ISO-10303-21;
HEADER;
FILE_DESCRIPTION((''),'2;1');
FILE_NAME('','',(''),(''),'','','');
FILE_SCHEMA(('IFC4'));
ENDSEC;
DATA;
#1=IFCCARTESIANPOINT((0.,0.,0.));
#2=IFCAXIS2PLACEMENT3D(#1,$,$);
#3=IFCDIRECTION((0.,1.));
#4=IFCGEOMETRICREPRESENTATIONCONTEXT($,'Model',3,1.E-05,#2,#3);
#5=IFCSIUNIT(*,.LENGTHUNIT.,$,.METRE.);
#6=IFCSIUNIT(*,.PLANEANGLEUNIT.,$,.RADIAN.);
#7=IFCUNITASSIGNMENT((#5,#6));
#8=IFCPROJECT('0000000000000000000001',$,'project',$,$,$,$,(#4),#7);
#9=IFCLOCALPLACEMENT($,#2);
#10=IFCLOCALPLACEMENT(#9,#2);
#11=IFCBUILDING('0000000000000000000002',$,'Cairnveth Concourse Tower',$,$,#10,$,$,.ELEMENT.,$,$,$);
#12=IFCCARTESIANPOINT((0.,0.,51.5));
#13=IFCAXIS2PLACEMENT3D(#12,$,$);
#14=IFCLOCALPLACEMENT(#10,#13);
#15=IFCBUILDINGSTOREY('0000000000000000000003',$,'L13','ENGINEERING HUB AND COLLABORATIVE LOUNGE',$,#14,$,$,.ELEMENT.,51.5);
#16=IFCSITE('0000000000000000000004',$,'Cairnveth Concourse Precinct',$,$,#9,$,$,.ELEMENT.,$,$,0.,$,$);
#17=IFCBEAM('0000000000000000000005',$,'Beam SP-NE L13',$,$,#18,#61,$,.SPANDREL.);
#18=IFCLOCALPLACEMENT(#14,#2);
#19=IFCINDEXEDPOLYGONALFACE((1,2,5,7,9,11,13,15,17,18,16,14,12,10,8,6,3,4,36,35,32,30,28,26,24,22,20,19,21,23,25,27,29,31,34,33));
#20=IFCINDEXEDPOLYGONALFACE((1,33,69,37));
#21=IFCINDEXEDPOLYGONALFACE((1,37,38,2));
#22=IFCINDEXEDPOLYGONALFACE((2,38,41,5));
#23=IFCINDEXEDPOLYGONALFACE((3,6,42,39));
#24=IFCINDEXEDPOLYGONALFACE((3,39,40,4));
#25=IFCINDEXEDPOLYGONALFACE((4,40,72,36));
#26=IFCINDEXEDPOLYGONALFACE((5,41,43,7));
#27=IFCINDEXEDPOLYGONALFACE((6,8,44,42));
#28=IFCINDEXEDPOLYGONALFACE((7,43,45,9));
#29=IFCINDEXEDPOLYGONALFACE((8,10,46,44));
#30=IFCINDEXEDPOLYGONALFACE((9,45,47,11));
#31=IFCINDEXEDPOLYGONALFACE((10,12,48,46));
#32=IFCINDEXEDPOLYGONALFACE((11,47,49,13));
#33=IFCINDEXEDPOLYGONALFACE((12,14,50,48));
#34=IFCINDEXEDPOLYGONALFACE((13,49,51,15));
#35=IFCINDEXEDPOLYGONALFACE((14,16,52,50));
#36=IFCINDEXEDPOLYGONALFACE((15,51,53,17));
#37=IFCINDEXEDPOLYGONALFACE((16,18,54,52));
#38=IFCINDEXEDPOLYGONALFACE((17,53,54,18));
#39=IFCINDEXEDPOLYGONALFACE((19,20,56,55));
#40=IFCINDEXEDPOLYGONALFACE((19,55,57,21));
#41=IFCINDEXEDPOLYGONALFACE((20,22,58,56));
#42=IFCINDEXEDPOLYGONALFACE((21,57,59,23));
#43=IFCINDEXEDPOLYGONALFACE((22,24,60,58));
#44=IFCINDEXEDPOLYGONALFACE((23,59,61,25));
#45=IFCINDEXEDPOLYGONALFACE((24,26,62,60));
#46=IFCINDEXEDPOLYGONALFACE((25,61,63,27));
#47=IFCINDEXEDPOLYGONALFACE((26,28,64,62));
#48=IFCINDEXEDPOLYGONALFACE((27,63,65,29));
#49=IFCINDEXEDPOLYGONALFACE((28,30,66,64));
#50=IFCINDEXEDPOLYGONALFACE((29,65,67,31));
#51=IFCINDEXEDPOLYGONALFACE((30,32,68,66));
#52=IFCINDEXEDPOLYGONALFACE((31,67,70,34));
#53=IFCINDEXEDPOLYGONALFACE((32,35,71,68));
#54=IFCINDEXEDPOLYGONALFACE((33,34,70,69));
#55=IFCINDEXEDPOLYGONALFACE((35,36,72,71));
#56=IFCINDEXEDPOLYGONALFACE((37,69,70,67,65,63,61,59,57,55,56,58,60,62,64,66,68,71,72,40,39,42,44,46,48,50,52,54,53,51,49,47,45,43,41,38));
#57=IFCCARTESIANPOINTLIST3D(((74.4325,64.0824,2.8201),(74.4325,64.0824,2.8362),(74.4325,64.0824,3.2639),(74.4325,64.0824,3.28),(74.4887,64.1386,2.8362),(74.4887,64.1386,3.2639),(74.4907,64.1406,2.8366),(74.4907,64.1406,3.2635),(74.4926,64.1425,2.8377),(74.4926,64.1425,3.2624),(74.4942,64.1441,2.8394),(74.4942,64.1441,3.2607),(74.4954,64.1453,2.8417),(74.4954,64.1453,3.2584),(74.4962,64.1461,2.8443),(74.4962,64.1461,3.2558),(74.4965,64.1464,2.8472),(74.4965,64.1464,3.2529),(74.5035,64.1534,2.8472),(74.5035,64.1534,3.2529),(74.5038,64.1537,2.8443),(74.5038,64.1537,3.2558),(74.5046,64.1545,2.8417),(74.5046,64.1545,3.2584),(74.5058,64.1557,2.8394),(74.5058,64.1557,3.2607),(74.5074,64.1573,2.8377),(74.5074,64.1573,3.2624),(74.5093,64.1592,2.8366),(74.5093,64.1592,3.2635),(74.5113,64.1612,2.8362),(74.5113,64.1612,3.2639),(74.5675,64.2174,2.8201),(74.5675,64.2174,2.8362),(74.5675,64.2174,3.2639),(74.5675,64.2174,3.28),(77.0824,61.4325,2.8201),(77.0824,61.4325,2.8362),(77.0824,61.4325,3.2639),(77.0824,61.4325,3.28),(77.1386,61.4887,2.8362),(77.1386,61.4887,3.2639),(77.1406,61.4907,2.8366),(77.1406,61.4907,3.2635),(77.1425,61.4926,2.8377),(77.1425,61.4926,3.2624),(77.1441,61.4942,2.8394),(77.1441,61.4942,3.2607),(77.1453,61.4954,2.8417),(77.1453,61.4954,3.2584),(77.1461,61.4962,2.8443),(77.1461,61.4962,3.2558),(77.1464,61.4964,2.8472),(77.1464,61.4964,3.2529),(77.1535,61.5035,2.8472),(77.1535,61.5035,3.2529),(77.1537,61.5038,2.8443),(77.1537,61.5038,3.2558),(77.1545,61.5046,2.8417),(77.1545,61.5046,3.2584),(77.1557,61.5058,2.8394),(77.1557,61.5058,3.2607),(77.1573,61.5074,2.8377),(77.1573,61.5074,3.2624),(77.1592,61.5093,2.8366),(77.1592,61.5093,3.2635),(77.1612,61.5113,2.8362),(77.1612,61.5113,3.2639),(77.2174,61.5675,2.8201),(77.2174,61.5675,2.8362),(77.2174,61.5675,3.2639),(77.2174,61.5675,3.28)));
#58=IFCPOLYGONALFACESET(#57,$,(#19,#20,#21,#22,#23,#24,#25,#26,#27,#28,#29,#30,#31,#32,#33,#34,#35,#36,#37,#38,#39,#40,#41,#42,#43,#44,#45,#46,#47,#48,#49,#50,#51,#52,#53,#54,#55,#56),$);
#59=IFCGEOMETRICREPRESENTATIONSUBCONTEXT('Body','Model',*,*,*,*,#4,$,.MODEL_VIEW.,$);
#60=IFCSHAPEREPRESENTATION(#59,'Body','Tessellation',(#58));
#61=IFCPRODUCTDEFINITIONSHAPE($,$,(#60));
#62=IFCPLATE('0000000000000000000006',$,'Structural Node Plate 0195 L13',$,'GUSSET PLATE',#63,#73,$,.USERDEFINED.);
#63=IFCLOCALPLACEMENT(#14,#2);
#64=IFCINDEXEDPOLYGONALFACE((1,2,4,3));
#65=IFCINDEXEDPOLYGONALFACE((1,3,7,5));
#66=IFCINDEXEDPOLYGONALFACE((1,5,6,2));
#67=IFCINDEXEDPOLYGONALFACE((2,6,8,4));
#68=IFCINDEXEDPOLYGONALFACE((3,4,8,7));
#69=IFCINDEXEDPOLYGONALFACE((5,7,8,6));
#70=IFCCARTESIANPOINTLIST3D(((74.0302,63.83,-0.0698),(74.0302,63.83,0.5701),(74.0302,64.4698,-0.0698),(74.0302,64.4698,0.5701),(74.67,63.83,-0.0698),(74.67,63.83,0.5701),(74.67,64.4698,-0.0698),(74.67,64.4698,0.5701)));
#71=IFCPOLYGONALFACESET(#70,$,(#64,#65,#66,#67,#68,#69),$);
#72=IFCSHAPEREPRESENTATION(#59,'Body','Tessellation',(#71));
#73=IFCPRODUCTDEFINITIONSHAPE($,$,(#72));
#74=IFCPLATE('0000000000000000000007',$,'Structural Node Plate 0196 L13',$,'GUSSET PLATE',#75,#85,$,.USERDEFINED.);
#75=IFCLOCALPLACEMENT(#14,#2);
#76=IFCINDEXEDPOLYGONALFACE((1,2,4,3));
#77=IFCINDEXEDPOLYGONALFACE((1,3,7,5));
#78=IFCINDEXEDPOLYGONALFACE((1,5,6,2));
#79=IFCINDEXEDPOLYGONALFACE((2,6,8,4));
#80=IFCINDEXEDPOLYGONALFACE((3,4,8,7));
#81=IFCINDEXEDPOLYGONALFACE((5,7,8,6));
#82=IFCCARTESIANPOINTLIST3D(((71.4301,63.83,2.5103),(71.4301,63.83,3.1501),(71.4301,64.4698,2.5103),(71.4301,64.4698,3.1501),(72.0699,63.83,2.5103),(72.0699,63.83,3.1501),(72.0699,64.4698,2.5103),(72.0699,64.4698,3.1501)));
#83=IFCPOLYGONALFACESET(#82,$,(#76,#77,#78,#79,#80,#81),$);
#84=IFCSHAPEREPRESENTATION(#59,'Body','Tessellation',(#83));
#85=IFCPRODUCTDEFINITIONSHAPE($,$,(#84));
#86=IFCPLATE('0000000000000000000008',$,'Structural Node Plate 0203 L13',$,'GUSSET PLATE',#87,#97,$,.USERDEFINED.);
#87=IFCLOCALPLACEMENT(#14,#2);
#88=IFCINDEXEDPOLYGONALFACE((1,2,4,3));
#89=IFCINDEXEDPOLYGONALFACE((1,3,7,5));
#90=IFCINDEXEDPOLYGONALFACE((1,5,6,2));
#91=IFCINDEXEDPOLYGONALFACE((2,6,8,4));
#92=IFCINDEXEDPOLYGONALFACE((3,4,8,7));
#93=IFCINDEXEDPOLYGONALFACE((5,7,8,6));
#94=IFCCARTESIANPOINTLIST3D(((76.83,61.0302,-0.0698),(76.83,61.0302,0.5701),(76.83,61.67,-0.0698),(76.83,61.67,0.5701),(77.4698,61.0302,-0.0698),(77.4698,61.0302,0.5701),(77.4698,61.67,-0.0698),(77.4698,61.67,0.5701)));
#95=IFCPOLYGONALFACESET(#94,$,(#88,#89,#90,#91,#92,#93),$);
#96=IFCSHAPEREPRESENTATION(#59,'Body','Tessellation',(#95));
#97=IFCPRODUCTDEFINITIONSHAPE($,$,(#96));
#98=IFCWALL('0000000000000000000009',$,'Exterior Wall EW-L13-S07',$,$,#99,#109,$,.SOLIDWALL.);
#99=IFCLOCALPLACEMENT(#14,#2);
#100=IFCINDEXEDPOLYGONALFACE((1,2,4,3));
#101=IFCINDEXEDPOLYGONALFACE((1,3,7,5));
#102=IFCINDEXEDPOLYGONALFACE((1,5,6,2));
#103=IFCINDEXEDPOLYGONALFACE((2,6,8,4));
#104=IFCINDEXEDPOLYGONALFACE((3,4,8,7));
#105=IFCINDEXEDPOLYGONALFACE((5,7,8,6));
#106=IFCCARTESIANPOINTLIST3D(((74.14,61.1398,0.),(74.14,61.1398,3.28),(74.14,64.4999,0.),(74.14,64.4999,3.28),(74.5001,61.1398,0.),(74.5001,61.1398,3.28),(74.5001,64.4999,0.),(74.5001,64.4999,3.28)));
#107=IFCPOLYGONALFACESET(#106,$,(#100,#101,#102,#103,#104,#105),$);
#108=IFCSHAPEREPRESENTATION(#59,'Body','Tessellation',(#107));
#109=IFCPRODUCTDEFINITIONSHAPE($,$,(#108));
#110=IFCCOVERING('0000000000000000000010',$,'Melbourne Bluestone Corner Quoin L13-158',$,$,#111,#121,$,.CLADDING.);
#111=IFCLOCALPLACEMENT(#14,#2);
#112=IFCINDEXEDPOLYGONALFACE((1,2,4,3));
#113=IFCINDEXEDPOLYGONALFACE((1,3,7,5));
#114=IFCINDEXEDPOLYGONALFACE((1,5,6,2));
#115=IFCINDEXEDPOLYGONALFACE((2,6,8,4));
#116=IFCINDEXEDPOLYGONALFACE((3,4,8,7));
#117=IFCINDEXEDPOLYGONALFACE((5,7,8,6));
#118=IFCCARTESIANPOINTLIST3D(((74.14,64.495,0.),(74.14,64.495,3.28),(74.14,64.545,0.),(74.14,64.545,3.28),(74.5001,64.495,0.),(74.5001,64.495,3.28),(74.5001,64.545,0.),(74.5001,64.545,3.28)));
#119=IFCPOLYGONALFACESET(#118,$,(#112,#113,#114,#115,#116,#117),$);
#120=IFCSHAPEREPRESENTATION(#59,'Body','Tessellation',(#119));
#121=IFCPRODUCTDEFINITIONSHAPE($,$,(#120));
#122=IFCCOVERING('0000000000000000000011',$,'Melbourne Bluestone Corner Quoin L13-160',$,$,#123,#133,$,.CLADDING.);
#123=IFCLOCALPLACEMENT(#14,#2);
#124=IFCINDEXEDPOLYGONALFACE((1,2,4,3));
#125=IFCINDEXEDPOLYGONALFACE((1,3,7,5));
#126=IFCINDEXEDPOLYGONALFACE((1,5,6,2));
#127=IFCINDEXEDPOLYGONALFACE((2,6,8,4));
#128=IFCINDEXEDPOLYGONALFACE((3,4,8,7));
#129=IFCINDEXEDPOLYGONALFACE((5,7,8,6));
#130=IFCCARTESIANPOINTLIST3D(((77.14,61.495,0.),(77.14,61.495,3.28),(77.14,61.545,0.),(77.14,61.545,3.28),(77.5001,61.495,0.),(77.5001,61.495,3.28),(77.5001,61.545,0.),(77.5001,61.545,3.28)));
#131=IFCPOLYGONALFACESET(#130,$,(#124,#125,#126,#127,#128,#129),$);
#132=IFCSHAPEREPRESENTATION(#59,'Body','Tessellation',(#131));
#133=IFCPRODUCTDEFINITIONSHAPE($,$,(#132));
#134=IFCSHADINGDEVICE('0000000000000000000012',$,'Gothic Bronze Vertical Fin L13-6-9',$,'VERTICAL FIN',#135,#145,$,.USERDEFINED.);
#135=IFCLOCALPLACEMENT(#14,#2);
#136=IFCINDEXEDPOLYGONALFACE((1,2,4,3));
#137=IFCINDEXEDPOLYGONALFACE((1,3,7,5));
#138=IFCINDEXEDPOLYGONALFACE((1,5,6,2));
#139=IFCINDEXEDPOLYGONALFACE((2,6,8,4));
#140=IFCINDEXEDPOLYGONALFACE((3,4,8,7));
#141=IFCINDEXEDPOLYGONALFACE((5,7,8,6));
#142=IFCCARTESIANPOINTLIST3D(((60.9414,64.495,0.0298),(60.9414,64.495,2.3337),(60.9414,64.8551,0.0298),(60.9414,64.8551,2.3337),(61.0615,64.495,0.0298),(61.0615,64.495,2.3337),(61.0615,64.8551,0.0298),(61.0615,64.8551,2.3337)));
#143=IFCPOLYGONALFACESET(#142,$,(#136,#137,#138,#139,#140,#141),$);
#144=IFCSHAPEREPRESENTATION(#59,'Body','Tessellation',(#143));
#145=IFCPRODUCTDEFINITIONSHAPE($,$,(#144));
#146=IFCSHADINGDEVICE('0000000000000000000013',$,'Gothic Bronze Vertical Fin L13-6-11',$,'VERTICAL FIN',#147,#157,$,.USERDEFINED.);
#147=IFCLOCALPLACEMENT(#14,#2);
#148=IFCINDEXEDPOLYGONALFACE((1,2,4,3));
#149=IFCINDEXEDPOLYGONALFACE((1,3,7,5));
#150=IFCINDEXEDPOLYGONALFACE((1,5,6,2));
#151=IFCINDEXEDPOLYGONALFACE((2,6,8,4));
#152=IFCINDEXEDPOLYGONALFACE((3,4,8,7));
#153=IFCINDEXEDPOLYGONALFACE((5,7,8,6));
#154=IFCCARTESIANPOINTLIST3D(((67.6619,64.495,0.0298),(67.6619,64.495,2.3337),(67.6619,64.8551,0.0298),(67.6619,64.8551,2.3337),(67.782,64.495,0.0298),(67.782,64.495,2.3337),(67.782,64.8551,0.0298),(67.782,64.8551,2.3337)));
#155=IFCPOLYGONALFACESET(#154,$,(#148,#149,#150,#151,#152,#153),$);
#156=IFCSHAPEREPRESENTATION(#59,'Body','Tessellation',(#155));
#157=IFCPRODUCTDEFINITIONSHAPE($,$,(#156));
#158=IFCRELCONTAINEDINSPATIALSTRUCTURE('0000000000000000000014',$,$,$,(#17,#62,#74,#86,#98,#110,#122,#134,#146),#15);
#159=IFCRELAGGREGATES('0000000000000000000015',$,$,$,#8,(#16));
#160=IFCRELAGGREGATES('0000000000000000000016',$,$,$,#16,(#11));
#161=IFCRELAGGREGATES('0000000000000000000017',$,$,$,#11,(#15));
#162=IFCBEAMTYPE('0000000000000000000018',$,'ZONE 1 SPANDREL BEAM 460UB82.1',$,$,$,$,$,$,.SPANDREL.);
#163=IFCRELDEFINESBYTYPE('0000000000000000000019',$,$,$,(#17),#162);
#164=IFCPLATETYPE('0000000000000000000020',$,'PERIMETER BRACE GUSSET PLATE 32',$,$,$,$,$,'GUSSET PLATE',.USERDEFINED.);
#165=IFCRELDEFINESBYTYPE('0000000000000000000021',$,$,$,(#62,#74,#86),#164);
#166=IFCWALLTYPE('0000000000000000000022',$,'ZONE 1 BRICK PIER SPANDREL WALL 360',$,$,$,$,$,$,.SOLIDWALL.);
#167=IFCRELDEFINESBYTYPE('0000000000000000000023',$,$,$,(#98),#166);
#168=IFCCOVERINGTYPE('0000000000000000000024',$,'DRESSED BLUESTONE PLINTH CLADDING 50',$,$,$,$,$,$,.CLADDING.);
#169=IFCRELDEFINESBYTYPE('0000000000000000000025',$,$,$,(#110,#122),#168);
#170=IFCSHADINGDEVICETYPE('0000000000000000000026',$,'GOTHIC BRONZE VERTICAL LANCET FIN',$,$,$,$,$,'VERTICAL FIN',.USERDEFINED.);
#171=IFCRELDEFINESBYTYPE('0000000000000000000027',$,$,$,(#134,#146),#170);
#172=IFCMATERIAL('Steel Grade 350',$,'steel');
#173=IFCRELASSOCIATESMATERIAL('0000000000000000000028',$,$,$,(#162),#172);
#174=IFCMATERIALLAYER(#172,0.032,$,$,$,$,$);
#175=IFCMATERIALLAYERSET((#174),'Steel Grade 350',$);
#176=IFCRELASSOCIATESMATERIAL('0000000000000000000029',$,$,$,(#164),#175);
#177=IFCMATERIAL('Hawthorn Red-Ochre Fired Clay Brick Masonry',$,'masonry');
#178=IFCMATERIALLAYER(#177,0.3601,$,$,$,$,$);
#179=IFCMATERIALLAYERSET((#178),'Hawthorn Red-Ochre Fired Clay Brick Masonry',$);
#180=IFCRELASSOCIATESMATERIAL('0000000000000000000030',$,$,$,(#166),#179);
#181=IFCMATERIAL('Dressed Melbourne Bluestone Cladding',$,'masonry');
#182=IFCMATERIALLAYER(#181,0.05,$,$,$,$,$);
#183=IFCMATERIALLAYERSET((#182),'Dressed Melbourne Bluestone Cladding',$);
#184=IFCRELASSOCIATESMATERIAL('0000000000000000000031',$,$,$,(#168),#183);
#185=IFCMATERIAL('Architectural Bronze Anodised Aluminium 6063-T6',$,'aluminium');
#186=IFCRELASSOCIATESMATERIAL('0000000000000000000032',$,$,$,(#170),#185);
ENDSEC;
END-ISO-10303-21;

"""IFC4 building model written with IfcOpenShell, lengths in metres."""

from ifc_helpers import new_model, si_unit, direction, frame, frame_2d, origin, origin_2d, place, context, subcontext, project, spatial, rectangle, i_section, extrude, material, layer, layer_set, material_profile, profile_set, type_object, element, save


model = new_model("IFC4")

# Units and contexts
model_context = context("Model", 3, precision=1e-05, world=origin(), true_north=direction((0.0, 1.0)))
body_context = subcontext(model_context, "Body", "Model", "MODEL_VIEW")
ifc_project = project(units=[si_unit("LENGTHUNIT", "METRE"), si_unit("PLANEANGLEUNIT", "RADIAN")], contexts=[model_context])

# Site, building, storey
site_placement = place(None, origin())
site = spatial("IfcSite", under=ifc_project, at=site_placement, Name="Cairnveth Concourse Precinct", CompositionType="ELEMENT", RefElevation=0.0)
building_placement = place(site_placement, origin())
building = spatial("IfcBuilding", under=site, at=building_placement, Name="Cairnveth Concourse Tower", CompositionType="ELEMENT")
storey_placement = place(building_placement, frame((0.0, 0.0, 51.5)))
storey = spatial("IfcBuildingStorey", under=building, at=storey_placement, Name="L13", Description="ENGINEERING HUB AND COLLABORATIVE LOUNGE", CompositionType="ELEMENT", Elevation=51.5)

# Shared definitions
ifc_material_1 = material(Name="Steel Grade 350", Category="steel")

# Beam
ifc_material_profile_1 = material_profile(ifc_material_1, i_section(OverallWidth=0.1909, OverallDepth=0.46, WebThickness=0.01, FlangeThickness=0.0161, FilletRadius=0.011, at=origin_2d()), Name="460UB82.1")
ifc_profile_set_1 = profile_set([ifc_material_profile_1], Name="Steel Grade 350")
beam_type_1 = type_object("IfcBeamType", Name="ZONE 1 SPANDREL BEAM 460UB82.1", PredefinedType="SPANDREL", material=ifc_profile_set_1)
beam_1_placement = place(storey_placement, frame((74.5, 64.1499, 3.05), z_axis=(0.707107, -0.707107, 0.0), x_axis=(0.707107, 0.707107, 0.0)))
element("IfcBeam", 1, at=beam_1_placement, inside=storey, type_object=beam_type_1, Name="Beam SP-NE L13", PredefinedType="SPANDREL", context=body_context, shape_type="SweptSolid", body=[
    extrude(i_section(OverallWidth=0.1909, OverallDepth=0.46, WebThickness=0.01, FlangeThickness=0.0161, FilletRadius=0.011, at=origin_2d()), origin(), (0.0, 0.0, 1.0), 3.7476),
])

# Plates
ifc_layer_1 = layer(ifc_material_1, 0.032)
ifc_layer_set_1 = layer_set([ifc_layer_1], Name="Steel Grade 350")
plate_type = type_object("IfcPlateType", Name="PERIMETER BRACE GUSSET PLATE 32", ElementType="GUSSET PLATE", PredefinedType="USERDEFINED", material=ifc_layer_set_1)
for number, where, z_axis, x_axis, name in (
    (2, (74.3501, 64.1499, -0.0698), (0.0, 0.0, 1.0), (1.0, 0.0, 0.0), "Structural Node Plate 0195 L13"),
    (3, (71.75, 64.1499, 2.5103), (0.0, 0.0, 1.0), (1.0, 0.0, 0.0), "Structural Node Plate 0196 L13"),
    (4, (77.1499, 61.3501, -0.0698), (0.0, 0.0, 1.0), (1.0, 0.0, 0.0), "Structural Node Plate 0203 L13"),
):
    element("IfcPlate", number, at=place(storey_placement, frame(where, z_axis=z_axis, x_axis=x_axis)), inside=storey, type_object=plate_type, Name=name, ObjectType="GUSSET PLATE", PredefinedType="USERDEFINED", context=body_context, shape_type="SweptSolid", body=[
        extrude(rectangle(XDim=0.6399, YDim=0.6399, at=origin_2d()), origin(), (0.0, 0.0, 1.0), 0.6399),
    ])

# Wall
ifc_material_2 = material(Name="Hawthorn Red-Ochre Fired Clay Brick Masonry", Category="masonry")
ifc_layer_2 = layer(ifc_material_2, 0.3601)
ifc_layer_set_2 = layer_set([ifc_layer_2], Name="Hawthorn Red-Ochre Fired Clay Brick Masonry")
wall_type = type_object("IfcWallType", Name="ZONE 1 BRICK PIER SPANDREL WALL 360", PredefinedType="SOLIDWALL", material=ifc_layer_set_2)
wall_1_placement = place(storey_placement, frame((74.3201, 64.5, 0.0), z_axis=(0.0, 0.0, 1.0), x_axis=(0.0, -1.0, 0.0)))
element("IfcWall", 5, at=wall_1_placement, inside=storey, type_object=wall_type, Name="Exterior Wall EW-L13-S07", PredefinedType="SOLIDWALL", context=body_context, shape_type="SweptSolid", body=[
    extrude(rectangle(XDim=3.3601, YDim=0.3601, at=frame_2d((1.6802, 0.0))), origin(), (0.0, 0.0, 1.0), 3.28),
])

# Coverings
ifc_material_3 = material(Name="Dressed Melbourne Bluestone Cladding", Category="masonry")
ifc_layer_3 = layer(ifc_material_3, 0.05)
ifc_layer_set_3 = layer_set([ifc_layer_3], Name="Dressed Melbourne Bluestone Cladding")
covering_type = type_object("IfcCoveringType", Name="DRESSED BLUESTONE PLINTH CLADDING 50", PredefinedType="CLADDING", material=ifc_layer_set_3)
for number, where, z_axis, x_axis, name in (
    (6, (74.1399, 64.52, 0.0), (0.0, 0.0, 1.0), (1.0, 0.0, 0.0), "Melbourne Bluestone Corner Quoin L13-158"),
    (7, (77.1399, 61.52, 0.0), (0.0, 0.0, 1.0), (1.0, 0.0, 0.0), "Melbourne Bluestone Corner Quoin L13-160"),
):
    element("IfcCovering", number, at=place(storey_placement, frame(where, z_axis=z_axis, x_axis=x_axis)), inside=storey, type_object=covering_type, Name=name, PredefinedType="CLADDING", context=body_context, shape_type="SweptSolid", body=[
        extrude(rectangle(XDim=0.3601, YDim=0.05, at=frame_2d((0.1802, 0.0))), origin(), (0.0, 0.0, 1.0), 3.28),
    ])

# Shading devices
ifc_material_4 = material(Name="Architectural Bronze Anodised Aluminium 6063-T6", Category="aluminium")
shading_device_type = type_object("IfcShadingDeviceType", Name="GOTHIC BRONZE VERTICAL LANCET FIN", ElementType="VERTICAL FIN", PredefinedType="USERDEFINED", material=ifc_material_4)
for number, where, z_axis, x_axis, name in (
    (8, (61.0015, 64.675, 0.0298), (0.0, 0.0, 1.0), (1.0, 0.0, 0.0), "Gothic Bronze Vertical Fin L13-6-9"),
    (9, (67.7219, 64.675, 0.0298), (0.0, 0.0, 1.0), (1.0, 0.0, 0.0), "Gothic Bronze Vertical Fin L13-6-11"),
):
    element("IfcShadingDevice", number, at=place(storey_placement, frame(where, z_axis=z_axis, x_axis=x_axis)), inside=storey, type_object=shading_device_type, Name=name, ObjectType="VERTICAL FIN", PredefinedType="USERDEFINED", context=body_context, shape_type="SweptSolid", body=[
        extrude(rectangle(XDim=0.1201, YDim=0.3601, at=origin_2d()), origin(), (0.0, 0.0, 1.0), 2.304),
    ])

save(model, "model.ifc")
